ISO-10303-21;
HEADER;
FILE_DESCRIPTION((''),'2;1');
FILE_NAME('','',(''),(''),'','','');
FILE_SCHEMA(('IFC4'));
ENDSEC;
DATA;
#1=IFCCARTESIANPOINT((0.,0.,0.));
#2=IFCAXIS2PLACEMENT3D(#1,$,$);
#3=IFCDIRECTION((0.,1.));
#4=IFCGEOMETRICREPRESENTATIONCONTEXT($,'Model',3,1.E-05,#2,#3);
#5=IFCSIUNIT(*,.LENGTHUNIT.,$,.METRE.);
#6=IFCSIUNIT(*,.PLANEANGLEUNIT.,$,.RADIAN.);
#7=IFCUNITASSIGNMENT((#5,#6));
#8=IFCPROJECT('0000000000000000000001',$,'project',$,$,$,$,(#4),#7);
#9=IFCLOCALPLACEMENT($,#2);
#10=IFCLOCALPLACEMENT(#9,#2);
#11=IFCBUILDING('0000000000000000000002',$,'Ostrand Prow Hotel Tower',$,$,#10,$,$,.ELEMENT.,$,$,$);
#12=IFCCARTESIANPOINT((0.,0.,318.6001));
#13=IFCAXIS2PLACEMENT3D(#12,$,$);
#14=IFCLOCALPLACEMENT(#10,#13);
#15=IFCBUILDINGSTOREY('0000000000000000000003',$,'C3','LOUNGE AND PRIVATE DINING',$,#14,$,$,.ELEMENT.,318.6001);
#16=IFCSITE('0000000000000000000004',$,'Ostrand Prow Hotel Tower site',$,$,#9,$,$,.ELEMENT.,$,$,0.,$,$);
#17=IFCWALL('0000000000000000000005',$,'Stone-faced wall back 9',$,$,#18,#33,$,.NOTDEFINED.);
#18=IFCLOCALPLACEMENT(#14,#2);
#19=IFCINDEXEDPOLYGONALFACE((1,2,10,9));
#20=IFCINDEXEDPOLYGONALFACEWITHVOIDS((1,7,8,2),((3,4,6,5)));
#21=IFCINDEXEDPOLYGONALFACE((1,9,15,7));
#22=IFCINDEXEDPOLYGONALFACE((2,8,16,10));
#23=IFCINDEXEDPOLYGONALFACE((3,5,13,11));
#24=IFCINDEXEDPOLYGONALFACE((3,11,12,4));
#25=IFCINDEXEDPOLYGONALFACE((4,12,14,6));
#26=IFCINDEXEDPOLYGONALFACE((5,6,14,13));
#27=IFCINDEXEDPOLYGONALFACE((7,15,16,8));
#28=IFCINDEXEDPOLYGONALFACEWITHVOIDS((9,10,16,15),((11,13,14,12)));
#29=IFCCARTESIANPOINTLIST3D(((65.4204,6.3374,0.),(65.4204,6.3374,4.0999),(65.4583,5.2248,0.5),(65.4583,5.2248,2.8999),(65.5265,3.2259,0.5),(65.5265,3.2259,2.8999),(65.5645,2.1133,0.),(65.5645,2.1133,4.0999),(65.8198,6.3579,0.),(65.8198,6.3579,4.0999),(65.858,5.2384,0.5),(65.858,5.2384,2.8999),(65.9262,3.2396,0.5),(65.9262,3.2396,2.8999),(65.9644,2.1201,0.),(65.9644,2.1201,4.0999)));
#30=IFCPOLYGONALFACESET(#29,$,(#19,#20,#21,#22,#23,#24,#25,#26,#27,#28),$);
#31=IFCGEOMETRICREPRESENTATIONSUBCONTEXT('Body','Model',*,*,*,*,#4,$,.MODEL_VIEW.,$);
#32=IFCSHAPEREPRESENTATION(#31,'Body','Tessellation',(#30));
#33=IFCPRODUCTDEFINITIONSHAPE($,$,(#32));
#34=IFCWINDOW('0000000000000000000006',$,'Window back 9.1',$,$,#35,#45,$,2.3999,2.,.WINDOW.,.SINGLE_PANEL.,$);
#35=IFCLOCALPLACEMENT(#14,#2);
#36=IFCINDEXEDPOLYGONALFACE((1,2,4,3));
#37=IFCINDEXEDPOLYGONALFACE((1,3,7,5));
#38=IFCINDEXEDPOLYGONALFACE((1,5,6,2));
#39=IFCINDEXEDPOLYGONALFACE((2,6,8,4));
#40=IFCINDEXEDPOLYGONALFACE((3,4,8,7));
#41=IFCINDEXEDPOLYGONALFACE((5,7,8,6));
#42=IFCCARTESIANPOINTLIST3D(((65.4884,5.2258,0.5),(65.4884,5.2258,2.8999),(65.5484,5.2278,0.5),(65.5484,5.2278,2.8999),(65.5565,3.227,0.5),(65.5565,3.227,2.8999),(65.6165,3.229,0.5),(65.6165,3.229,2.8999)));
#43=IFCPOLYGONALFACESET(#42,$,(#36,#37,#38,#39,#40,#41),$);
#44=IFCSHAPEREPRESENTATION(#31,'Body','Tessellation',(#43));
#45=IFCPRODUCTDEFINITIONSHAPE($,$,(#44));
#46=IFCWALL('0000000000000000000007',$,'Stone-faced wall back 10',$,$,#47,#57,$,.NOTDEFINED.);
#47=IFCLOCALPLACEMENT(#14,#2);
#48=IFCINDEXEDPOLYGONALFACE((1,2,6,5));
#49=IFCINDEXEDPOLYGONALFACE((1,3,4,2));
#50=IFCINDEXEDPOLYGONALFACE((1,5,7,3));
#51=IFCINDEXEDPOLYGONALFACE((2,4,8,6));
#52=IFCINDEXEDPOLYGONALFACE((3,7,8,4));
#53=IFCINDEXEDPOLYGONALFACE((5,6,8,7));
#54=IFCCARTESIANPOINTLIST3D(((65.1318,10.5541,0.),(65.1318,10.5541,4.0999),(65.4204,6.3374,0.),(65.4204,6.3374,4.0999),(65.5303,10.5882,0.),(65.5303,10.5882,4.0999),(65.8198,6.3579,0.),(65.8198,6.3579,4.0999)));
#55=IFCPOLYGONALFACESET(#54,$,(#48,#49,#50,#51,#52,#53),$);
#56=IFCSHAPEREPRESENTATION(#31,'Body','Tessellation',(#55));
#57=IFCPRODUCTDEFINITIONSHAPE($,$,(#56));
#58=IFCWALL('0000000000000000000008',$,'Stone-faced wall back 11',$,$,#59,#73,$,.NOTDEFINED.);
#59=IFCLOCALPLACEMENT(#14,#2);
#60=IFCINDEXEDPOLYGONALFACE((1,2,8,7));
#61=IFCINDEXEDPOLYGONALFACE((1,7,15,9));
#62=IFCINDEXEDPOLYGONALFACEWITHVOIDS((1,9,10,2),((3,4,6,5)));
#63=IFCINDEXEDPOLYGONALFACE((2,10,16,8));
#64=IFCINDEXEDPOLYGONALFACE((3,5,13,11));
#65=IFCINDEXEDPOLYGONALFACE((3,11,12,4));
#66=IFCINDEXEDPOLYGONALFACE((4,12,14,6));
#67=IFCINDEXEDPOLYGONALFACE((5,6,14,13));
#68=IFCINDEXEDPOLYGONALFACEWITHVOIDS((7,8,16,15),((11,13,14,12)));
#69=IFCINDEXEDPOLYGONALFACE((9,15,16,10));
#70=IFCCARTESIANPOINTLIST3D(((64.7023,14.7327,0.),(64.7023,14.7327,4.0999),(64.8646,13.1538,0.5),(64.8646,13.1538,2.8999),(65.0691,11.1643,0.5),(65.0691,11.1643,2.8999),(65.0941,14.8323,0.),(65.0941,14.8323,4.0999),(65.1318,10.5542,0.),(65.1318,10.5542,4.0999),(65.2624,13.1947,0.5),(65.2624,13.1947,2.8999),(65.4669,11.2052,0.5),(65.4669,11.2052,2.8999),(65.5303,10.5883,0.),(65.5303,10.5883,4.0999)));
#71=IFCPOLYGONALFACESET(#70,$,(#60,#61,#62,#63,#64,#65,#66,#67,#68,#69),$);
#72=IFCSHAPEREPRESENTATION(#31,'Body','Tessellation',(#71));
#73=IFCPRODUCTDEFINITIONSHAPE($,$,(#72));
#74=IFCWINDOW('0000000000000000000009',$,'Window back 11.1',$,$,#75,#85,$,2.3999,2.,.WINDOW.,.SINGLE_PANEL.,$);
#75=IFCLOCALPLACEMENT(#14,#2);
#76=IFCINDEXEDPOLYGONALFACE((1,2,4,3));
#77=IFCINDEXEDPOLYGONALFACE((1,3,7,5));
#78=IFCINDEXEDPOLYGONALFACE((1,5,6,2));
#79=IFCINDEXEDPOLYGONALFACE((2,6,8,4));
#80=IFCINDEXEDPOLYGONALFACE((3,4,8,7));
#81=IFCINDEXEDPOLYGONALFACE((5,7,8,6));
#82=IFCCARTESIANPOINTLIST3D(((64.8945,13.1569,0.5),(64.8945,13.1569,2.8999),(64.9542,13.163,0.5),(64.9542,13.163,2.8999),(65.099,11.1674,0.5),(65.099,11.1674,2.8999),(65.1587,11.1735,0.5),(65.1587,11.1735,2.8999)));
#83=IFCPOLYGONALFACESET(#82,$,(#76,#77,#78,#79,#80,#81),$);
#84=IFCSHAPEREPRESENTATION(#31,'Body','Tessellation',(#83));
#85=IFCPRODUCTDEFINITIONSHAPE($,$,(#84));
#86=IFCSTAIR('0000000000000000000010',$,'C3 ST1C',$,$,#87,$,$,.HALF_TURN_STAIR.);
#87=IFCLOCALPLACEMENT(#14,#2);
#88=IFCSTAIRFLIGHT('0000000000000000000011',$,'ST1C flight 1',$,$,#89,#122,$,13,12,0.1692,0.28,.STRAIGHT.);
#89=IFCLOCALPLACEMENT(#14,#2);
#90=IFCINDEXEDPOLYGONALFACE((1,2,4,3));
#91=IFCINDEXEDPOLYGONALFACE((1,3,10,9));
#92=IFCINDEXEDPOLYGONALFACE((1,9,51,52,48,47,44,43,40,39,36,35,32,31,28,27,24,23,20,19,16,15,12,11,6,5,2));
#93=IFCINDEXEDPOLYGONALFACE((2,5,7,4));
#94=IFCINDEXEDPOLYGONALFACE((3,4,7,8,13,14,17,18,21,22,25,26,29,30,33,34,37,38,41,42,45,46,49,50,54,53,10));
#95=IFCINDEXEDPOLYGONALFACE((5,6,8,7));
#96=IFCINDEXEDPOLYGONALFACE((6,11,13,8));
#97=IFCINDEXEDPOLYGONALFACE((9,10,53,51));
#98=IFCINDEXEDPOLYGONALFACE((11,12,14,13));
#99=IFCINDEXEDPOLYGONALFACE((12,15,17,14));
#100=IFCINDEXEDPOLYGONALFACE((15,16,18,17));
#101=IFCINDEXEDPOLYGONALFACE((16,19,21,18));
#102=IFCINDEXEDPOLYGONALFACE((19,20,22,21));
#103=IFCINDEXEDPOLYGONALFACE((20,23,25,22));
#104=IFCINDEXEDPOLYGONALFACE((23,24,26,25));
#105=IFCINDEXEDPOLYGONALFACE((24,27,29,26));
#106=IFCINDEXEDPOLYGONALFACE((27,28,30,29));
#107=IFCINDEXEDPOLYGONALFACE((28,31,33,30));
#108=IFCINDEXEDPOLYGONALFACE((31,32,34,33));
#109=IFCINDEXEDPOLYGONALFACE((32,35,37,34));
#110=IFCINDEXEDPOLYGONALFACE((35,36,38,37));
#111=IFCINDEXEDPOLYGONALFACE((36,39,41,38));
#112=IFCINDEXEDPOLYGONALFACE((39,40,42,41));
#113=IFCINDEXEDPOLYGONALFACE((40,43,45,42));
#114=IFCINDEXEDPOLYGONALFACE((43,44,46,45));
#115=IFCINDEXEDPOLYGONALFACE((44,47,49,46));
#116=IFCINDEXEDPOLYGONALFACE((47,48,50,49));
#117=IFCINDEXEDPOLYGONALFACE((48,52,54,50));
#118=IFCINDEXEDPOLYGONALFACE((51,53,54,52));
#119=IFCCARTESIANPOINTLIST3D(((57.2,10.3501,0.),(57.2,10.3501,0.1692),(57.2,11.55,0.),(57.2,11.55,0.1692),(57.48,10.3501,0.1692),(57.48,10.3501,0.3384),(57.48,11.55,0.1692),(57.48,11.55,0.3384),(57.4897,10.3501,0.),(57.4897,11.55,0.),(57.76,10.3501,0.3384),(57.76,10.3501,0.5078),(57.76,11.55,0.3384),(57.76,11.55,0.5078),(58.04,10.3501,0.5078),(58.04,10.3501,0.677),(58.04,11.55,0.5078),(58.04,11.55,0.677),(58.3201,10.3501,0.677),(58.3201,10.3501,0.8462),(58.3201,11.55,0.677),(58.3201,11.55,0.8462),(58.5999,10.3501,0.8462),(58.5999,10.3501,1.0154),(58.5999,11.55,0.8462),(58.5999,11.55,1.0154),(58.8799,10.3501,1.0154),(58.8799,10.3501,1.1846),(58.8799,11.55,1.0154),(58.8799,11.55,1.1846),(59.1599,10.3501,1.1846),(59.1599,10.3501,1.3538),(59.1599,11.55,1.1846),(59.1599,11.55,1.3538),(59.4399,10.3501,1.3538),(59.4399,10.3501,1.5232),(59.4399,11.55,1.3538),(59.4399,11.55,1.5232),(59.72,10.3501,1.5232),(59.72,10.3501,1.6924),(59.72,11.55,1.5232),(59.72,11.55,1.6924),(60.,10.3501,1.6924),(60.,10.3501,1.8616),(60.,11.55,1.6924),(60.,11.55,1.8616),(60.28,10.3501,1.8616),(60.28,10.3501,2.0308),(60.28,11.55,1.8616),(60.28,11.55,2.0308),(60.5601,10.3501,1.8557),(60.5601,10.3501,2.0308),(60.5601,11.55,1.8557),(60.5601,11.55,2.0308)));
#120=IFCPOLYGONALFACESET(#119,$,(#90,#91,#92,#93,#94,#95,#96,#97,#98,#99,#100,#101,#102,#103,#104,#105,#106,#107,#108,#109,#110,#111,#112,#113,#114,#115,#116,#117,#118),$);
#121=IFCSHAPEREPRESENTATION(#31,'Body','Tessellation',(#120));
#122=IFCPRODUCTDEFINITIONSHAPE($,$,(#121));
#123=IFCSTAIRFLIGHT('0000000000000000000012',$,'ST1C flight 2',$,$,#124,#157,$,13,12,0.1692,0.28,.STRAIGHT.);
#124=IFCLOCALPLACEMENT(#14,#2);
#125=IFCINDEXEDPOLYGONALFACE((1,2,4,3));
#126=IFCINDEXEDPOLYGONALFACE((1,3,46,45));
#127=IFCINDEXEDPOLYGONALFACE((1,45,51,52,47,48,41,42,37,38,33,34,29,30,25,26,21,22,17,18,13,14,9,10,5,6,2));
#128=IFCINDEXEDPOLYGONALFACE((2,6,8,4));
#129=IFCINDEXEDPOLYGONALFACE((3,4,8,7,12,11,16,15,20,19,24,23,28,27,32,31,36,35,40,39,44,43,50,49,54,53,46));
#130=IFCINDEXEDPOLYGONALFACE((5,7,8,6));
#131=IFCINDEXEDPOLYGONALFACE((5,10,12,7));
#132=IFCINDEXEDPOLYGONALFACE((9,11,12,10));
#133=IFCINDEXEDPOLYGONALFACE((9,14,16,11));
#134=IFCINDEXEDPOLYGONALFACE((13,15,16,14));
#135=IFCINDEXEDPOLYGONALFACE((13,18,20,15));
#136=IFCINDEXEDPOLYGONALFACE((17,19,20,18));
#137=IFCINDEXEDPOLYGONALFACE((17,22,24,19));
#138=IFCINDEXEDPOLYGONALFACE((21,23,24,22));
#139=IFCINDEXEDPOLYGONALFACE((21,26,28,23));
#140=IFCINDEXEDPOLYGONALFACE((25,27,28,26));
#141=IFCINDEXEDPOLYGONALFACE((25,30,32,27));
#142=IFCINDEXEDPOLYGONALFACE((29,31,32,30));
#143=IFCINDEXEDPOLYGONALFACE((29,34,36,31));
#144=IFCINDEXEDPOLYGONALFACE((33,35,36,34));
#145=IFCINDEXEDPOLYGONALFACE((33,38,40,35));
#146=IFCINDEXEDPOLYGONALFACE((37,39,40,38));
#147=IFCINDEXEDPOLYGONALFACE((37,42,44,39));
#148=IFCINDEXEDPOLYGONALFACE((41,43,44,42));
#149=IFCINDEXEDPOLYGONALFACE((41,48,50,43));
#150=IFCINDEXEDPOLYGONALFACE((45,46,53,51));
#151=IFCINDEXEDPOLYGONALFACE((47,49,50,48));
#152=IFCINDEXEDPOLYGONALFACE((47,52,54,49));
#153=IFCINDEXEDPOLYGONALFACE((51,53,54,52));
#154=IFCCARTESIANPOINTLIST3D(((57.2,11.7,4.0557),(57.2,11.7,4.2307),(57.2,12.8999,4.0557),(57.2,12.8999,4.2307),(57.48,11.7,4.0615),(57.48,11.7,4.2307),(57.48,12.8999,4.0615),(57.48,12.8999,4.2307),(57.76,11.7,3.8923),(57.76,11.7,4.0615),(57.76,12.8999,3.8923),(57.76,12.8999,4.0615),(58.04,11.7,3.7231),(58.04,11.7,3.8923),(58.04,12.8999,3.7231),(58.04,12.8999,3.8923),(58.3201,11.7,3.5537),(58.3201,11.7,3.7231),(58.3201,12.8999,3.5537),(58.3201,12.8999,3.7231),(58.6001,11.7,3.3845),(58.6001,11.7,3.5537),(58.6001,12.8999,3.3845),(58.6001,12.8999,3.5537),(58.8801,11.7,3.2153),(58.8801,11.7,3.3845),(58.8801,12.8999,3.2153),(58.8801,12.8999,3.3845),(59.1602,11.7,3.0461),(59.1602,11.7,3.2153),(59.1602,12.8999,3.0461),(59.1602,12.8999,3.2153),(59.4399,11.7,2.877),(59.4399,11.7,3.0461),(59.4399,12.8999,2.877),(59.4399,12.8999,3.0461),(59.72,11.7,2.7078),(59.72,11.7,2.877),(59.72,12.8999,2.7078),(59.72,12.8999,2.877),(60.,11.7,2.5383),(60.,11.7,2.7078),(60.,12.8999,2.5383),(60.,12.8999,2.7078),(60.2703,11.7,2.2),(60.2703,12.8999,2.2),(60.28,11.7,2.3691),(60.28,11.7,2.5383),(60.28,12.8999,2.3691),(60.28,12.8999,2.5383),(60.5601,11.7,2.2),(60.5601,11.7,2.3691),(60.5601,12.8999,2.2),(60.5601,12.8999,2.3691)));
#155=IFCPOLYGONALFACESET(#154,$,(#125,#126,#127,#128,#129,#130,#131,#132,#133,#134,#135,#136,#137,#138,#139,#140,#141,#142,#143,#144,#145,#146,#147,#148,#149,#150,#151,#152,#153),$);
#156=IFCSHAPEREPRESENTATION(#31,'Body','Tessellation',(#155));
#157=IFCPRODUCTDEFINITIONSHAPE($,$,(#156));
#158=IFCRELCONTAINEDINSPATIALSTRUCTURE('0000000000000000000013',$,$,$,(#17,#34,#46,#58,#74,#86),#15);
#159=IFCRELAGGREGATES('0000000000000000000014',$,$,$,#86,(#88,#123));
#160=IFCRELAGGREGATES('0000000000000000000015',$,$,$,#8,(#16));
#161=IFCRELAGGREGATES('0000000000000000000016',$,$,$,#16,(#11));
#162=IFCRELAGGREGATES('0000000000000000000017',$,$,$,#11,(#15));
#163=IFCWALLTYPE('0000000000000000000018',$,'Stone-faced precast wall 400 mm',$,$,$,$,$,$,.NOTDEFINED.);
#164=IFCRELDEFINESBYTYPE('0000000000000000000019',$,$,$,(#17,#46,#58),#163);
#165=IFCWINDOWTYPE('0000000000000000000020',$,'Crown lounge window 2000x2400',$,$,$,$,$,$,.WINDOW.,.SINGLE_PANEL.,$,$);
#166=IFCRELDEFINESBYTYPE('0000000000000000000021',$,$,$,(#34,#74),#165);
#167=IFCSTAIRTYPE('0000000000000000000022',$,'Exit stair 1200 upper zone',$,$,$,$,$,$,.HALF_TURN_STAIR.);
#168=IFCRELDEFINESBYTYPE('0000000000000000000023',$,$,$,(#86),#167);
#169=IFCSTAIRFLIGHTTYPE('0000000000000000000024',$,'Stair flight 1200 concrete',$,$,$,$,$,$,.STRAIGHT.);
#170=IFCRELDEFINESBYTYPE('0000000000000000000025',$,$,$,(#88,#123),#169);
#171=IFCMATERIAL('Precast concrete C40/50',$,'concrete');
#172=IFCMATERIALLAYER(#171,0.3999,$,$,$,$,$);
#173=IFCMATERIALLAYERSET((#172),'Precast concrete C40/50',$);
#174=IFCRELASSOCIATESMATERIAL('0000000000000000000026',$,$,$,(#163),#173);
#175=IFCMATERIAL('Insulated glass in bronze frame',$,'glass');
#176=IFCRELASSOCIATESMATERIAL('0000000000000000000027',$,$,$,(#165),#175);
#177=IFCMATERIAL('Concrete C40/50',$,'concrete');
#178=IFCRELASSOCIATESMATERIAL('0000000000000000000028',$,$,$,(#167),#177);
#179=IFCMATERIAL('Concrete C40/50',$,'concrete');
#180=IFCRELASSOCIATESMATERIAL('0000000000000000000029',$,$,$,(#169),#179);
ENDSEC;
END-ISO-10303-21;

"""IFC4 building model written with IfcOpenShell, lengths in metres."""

from ifc_helpers import new_model, si_unit, direction, frame, frame_2d, origin, place, context, subcontext, project, spatial, polyline, rectangle, outline, extrude, material, layer, layer_set, type_object, element, fill, aggregate, save


model = new_model("IFC4")

# Units and contexts
model_context = context("Model", 3, precision=1e-05, world=origin(), true_north=direction((0.0, 1.0)))
body_context = subcontext(model_context, "Body", "Model", "MODEL_VIEW")
ifc_project = project(units=[si_unit("LENGTHUNIT", "METRE"), si_unit("PLANEANGLEUNIT", "RADIAN")], contexts=[model_context])

# Site, building, storey
site_placement = place(None, origin())
site = spatial("IfcSite", under=ifc_project, at=site_placement, Name="Ostrand Prow Hotel Tower site", CompositionType="ELEMENT", RefElevation=0.0)
building_placement = place(site_placement, origin())
building = spatial("IfcBuilding", under=site, at=building_placement, Name="Ostrand Prow Hotel Tower", CompositionType="ELEMENT")
storey_placement = place(building_placement, frame((0.0, 0.0, 318.6001)))
storey = spatial("IfcBuildingStorey", under=building, at=storey_placement, Name="C3", Description="LOUNGE AND PRIVATE DINING", CompositionType="ELEMENT", Elevation=318.6001)

# Wall, opening, window
ifc_material_1 = material(Name="Precast concrete C40/50", Category="concrete")
ifc_layer_1 = layer(ifc_material_1, 0.3999)
ifc_layer_set_1 = layer_set([ifc_layer_1], Name="Precast concrete C40/50")
wall_type_1 = type_object("IfcWallType", Name="Stone-faced precast wall 400 mm", PredefinedType="NOTDEFINED", material=ifc_layer_set_1)
wall_1_placement = place(storey_placement, frame((65.7644, 2.1167, 0.0), z_axis=(0.0, 0.0, 1.0), x_axis=(-0.034083, 0.999419, 0.0)))
wall_1 = element("IfcWall", 1, at=wall_1_placement, inside=storey, type_object=wall_type_1, Name="Stone-faced wall back 9", PredefinedType="NOTDEFINED", context=body_context, shape_type="SweptSolid", body=[
    extrude(outline(polyline([(-0.0034, -0.2), (4.2368, -0.2), (4.23, 0.2), (0.0034, 0.2), (-0.0034, -0.2)])), origin(), (0.0, 0.0, 1.0), 4.0999),
])
opening_1_placement = place(wall_1_placement, frame((1.1167, 0.0, 0.5)))
opening_1 = element("IfcOpeningElement", 2, at=opening_1_placement, cuts=wall_1, PredefinedType="OPENING", context=body_context, shape_type="SweptSolid", body=[
    extrude(rectangle(XDim=2.0, YDim=2.3999, at=frame_2d((1.0, 1.2))), frame((0.0, 0.21, 0.0), z_axis=(0.0, -1.0, 0.0), x_axis=(1.0, 0.0, 0.0)), (0.0, 0.0, 1.0), 0.4199),
])
ifc_material_2 = material(Name="Insulated glass in bronze frame", Category="glass")
window_type = type_object("IfcWindowType", Name="Crown lounge window 2000x2400", PartitioningType="SINGLE_PANEL", PredefinedType="WINDOW", material=ifc_material_2)
window_1_placement = place(opening_1_placement, origin())
window_1 = element("IfcWindow", 3, at=window_1_placement, inside=storey, type_object=window_type, Name="Window back 9.1", OverallHeight=2.3999, OverallWidth=2.0, PartitioningType="SINGLE_PANEL", PredefinedType="WINDOW", context=body_context, shape_type="SweptSolid", body=[
    extrude(rectangle(XDim=2.0, YDim=2.3999, at=frame_2d((1.0, 1.2))), frame((0.0, 0.1699, 0.0), z_axis=(0.0, -1.0, 0.0), x_axis=(1.0, 0.0, 0.0)), (0.0, 0.0, 1.0), 0.0601),
])
fill(opening_1, window_1)

# Wall
wall_2_placement = place(storey_placement, frame((65.6201, 6.3477, 0.0), z_axis=(0.0, 0.0, 1.0), x_axis=(-0.06828, 0.997666, 0.0)))
element("IfcWall", 4, at=wall_2_placement, inside=storey, type_object=wall_type_1, Name="Stone-faced wall back 10", PredefinedType="NOTDEFINED", context=body_context, shape_type="SweptSolid", body=[
    extrude(outline(polyline([(-0.0034, -0.2), (4.2368, -0.2), (4.23, 0.2), (0.0034, 0.2), (-0.0034, -0.2)])), origin(), (0.0, 0.0, 1.0), 4.0999),
])

# Wall, opening, window
wall_3_placement = place(storey_placement, frame((65.3311, 10.5713, 0.0), z_axis=(0.0, 0.0, 1.0), x_axis=(-0.10225, 0.994759, 0.0)))
wall_3 = element("IfcWall", 5, at=wall_3_placement, inside=storey, type_object=wall_type_1, Name="Stone-faced wall back 11", PredefinedType="NOTDEFINED", context=body_context, shape_type="SweptSolid", body=[
    extrude(outline(polyline([(-0.0034, -0.2), (4.2629, -0.2), (4.2039, 0.2), (0.0034, 0.2), (-0.0034, -0.2)])), origin(), (0.0, 0.0, 1.0), 4.0999),
])
opening_2_placement = place(wall_3_placement, frame((0.6167, 0.0, 0.5)))
opening_2 = element("IfcOpeningElement", 6, at=opening_2_placement, cuts=wall_3, PredefinedType="OPENING", context=body_context, shape_type="SweptSolid", body=[
    extrude(rectangle(XDim=2.0, YDim=2.3999, at=frame_2d((1.0, 1.2))), frame((0.0, 0.21, 0.0), z_axis=(0.0, -1.0, 0.0), x_axis=(1.0, 0.0, 0.0)), (0.0, 0.0, 1.0), 0.4199),
])
window_2_placement = place(opening_2_placement, origin())
window_2 = element("IfcWindow", 7, at=window_2_placement, inside=storey, type_object=window_type, Name="Window back 11.1", OverallHeight=2.3999, OverallWidth=2.0, PartitioningType="SINGLE_PANEL", PredefinedType="WINDOW", context=body_context, shape_type="SweptSolid", body=[
    extrude(rectangle(XDim=2.0, YDim=2.3999, at=frame_2d((1.0, 1.2))), frame((0.0, 0.1699, 0.0), z_axis=(0.0, -1.0, 0.0), x_axis=(1.0, 0.0, 0.0)), (0.0, 0.0, 1.0), 0.0601),
])
fill(opening_2, window_2)

# Stair, stair flights
ifc_material_3 = material(Name="Concrete C40/50", Category="concrete")
stair_type = type_object("IfcStairType", Name="Exit stair 1200 upper zone", PredefinedType="HALF_TURN_STAIR", material=ifc_material_3)
stair_placement = place(storey_placement, origin())
stair = element("IfcStair", 8, at=stair_placement, inside=storey, type_object=stair_type, Name="C3 ST1C", PredefinedType="HALF_TURN_STAIR")
ifc_material_4 = material(Name="Concrete C40/50", Category="concrete")
stair_flight_type = type_object("IfcStairFlightType", Name="Stair flight 1200 concrete", PredefinedType="STRAIGHT", material=ifc_material_4)
stair_flight_1_placement = place(storey_placement, frame((57.2, 10.95, 0.0), z_axis=(0.0, 0.0, 1.0), x_axis=(1.0, 0.0, 0.0)))
stair_flight_1 = element("IfcStairFlight", 9, at=stair_flight_1_placement, type_object=stair_flight_type, Name="ST1C flight 1", NumberOfRisers=13, NumberOfTreads=12, PredefinedType="STRAIGHT", RiserHeight=0.1692, TreadLength=0.28, context=body_context, shape_type="SweptSolid", body=[
    extrude(outline(polyline([(0.0, 0.0), (0.0, 0.1692), (0.28, 0.1692), (0.28, 0.3384), (0.5601, 0.3384), (0.5601, 0.5078), (0.8401, 0.5078), (0.8401, 0.677), (1.1201, 0.677), (1.1201, 0.8462), (1.3999, 0.8462), (1.3999, 1.0154), (1.6799, 1.0154), (1.6799, 1.1846), (1.96, 1.1846), (1.96, 1.3538), (2.24, 1.3538), (2.24, 1.5232), (2.52, 1.5232), (2.52, 1.6924), (2.8, 1.6924), (2.8, 1.8616), (3.0801, 1.8616), (3.0801, 2.0308), (3.3601, 2.0308), (3.3601, 2.2), (3.3601, 1.8557), (0.2898, 0.0), (0.0, 0.0)])), frame((0.0, 0.6001, 0.0), z_axis=(0.0, -1.0, 0.0), x_axis=(1.0, 0.0, 0.0)), (0.0, 0.0, 1.0), 1.2),
])
stair_flight_2_placement = place(storey_placement, frame((60.5601, 12.3, 2.2), z_axis=(0.0, 0.0, 1.0), x_axis=(-1.0, 0.0, 0.0)))
stair_flight_2 = element("IfcStairFlight", 10, at=stair_flight_2_placement, type_object=stair_flight_type, Name="ST1C flight 2", NumberOfRisers=13, NumberOfTreads=12, PredefinedType="STRAIGHT", RiserHeight=0.1692, TreadLength=0.28, context=body_context, shape_type="SweptSolid", body=[
    extrude(outline(polyline([(0.0, 0.0), (0.0, 0.1692), (0.28, 0.1692), (0.28, 0.3384), (0.5601, 0.3384), (0.5601, 0.5078), (0.8401, 0.5078), (0.8401, 0.677), (1.1201, 0.677), (1.1201, 0.8462), (1.3999, 0.8462), (1.3999, 1.0154), (1.6799, 1.0154), (1.6799, 1.1846), (1.96, 1.1846), (1.96, 1.3538), (2.24, 1.3538), (2.24, 1.5232), (2.52, 1.5232), (2.52, 1.6924), (2.8, 1.6924), (2.8, 1.8616), (3.0801, 1.8616), (3.0801, 2.0308), (3.3601, 2.0308), (3.3601, 2.2), (3.3601, 1.8557), (0.2898, 0.0), (0.0, 0.0)])), frame((0.0, 0.6001, 0.0), z_axis=(0.0, -1.0, 0.0), x_axis=(1.0, 0.0, 0.0)), (0.0, 0.0, 1.0), 1.2),
])
aggregate(stair, [stair_flight_1, stair_flight_2])

save(model, "model.ifc")
